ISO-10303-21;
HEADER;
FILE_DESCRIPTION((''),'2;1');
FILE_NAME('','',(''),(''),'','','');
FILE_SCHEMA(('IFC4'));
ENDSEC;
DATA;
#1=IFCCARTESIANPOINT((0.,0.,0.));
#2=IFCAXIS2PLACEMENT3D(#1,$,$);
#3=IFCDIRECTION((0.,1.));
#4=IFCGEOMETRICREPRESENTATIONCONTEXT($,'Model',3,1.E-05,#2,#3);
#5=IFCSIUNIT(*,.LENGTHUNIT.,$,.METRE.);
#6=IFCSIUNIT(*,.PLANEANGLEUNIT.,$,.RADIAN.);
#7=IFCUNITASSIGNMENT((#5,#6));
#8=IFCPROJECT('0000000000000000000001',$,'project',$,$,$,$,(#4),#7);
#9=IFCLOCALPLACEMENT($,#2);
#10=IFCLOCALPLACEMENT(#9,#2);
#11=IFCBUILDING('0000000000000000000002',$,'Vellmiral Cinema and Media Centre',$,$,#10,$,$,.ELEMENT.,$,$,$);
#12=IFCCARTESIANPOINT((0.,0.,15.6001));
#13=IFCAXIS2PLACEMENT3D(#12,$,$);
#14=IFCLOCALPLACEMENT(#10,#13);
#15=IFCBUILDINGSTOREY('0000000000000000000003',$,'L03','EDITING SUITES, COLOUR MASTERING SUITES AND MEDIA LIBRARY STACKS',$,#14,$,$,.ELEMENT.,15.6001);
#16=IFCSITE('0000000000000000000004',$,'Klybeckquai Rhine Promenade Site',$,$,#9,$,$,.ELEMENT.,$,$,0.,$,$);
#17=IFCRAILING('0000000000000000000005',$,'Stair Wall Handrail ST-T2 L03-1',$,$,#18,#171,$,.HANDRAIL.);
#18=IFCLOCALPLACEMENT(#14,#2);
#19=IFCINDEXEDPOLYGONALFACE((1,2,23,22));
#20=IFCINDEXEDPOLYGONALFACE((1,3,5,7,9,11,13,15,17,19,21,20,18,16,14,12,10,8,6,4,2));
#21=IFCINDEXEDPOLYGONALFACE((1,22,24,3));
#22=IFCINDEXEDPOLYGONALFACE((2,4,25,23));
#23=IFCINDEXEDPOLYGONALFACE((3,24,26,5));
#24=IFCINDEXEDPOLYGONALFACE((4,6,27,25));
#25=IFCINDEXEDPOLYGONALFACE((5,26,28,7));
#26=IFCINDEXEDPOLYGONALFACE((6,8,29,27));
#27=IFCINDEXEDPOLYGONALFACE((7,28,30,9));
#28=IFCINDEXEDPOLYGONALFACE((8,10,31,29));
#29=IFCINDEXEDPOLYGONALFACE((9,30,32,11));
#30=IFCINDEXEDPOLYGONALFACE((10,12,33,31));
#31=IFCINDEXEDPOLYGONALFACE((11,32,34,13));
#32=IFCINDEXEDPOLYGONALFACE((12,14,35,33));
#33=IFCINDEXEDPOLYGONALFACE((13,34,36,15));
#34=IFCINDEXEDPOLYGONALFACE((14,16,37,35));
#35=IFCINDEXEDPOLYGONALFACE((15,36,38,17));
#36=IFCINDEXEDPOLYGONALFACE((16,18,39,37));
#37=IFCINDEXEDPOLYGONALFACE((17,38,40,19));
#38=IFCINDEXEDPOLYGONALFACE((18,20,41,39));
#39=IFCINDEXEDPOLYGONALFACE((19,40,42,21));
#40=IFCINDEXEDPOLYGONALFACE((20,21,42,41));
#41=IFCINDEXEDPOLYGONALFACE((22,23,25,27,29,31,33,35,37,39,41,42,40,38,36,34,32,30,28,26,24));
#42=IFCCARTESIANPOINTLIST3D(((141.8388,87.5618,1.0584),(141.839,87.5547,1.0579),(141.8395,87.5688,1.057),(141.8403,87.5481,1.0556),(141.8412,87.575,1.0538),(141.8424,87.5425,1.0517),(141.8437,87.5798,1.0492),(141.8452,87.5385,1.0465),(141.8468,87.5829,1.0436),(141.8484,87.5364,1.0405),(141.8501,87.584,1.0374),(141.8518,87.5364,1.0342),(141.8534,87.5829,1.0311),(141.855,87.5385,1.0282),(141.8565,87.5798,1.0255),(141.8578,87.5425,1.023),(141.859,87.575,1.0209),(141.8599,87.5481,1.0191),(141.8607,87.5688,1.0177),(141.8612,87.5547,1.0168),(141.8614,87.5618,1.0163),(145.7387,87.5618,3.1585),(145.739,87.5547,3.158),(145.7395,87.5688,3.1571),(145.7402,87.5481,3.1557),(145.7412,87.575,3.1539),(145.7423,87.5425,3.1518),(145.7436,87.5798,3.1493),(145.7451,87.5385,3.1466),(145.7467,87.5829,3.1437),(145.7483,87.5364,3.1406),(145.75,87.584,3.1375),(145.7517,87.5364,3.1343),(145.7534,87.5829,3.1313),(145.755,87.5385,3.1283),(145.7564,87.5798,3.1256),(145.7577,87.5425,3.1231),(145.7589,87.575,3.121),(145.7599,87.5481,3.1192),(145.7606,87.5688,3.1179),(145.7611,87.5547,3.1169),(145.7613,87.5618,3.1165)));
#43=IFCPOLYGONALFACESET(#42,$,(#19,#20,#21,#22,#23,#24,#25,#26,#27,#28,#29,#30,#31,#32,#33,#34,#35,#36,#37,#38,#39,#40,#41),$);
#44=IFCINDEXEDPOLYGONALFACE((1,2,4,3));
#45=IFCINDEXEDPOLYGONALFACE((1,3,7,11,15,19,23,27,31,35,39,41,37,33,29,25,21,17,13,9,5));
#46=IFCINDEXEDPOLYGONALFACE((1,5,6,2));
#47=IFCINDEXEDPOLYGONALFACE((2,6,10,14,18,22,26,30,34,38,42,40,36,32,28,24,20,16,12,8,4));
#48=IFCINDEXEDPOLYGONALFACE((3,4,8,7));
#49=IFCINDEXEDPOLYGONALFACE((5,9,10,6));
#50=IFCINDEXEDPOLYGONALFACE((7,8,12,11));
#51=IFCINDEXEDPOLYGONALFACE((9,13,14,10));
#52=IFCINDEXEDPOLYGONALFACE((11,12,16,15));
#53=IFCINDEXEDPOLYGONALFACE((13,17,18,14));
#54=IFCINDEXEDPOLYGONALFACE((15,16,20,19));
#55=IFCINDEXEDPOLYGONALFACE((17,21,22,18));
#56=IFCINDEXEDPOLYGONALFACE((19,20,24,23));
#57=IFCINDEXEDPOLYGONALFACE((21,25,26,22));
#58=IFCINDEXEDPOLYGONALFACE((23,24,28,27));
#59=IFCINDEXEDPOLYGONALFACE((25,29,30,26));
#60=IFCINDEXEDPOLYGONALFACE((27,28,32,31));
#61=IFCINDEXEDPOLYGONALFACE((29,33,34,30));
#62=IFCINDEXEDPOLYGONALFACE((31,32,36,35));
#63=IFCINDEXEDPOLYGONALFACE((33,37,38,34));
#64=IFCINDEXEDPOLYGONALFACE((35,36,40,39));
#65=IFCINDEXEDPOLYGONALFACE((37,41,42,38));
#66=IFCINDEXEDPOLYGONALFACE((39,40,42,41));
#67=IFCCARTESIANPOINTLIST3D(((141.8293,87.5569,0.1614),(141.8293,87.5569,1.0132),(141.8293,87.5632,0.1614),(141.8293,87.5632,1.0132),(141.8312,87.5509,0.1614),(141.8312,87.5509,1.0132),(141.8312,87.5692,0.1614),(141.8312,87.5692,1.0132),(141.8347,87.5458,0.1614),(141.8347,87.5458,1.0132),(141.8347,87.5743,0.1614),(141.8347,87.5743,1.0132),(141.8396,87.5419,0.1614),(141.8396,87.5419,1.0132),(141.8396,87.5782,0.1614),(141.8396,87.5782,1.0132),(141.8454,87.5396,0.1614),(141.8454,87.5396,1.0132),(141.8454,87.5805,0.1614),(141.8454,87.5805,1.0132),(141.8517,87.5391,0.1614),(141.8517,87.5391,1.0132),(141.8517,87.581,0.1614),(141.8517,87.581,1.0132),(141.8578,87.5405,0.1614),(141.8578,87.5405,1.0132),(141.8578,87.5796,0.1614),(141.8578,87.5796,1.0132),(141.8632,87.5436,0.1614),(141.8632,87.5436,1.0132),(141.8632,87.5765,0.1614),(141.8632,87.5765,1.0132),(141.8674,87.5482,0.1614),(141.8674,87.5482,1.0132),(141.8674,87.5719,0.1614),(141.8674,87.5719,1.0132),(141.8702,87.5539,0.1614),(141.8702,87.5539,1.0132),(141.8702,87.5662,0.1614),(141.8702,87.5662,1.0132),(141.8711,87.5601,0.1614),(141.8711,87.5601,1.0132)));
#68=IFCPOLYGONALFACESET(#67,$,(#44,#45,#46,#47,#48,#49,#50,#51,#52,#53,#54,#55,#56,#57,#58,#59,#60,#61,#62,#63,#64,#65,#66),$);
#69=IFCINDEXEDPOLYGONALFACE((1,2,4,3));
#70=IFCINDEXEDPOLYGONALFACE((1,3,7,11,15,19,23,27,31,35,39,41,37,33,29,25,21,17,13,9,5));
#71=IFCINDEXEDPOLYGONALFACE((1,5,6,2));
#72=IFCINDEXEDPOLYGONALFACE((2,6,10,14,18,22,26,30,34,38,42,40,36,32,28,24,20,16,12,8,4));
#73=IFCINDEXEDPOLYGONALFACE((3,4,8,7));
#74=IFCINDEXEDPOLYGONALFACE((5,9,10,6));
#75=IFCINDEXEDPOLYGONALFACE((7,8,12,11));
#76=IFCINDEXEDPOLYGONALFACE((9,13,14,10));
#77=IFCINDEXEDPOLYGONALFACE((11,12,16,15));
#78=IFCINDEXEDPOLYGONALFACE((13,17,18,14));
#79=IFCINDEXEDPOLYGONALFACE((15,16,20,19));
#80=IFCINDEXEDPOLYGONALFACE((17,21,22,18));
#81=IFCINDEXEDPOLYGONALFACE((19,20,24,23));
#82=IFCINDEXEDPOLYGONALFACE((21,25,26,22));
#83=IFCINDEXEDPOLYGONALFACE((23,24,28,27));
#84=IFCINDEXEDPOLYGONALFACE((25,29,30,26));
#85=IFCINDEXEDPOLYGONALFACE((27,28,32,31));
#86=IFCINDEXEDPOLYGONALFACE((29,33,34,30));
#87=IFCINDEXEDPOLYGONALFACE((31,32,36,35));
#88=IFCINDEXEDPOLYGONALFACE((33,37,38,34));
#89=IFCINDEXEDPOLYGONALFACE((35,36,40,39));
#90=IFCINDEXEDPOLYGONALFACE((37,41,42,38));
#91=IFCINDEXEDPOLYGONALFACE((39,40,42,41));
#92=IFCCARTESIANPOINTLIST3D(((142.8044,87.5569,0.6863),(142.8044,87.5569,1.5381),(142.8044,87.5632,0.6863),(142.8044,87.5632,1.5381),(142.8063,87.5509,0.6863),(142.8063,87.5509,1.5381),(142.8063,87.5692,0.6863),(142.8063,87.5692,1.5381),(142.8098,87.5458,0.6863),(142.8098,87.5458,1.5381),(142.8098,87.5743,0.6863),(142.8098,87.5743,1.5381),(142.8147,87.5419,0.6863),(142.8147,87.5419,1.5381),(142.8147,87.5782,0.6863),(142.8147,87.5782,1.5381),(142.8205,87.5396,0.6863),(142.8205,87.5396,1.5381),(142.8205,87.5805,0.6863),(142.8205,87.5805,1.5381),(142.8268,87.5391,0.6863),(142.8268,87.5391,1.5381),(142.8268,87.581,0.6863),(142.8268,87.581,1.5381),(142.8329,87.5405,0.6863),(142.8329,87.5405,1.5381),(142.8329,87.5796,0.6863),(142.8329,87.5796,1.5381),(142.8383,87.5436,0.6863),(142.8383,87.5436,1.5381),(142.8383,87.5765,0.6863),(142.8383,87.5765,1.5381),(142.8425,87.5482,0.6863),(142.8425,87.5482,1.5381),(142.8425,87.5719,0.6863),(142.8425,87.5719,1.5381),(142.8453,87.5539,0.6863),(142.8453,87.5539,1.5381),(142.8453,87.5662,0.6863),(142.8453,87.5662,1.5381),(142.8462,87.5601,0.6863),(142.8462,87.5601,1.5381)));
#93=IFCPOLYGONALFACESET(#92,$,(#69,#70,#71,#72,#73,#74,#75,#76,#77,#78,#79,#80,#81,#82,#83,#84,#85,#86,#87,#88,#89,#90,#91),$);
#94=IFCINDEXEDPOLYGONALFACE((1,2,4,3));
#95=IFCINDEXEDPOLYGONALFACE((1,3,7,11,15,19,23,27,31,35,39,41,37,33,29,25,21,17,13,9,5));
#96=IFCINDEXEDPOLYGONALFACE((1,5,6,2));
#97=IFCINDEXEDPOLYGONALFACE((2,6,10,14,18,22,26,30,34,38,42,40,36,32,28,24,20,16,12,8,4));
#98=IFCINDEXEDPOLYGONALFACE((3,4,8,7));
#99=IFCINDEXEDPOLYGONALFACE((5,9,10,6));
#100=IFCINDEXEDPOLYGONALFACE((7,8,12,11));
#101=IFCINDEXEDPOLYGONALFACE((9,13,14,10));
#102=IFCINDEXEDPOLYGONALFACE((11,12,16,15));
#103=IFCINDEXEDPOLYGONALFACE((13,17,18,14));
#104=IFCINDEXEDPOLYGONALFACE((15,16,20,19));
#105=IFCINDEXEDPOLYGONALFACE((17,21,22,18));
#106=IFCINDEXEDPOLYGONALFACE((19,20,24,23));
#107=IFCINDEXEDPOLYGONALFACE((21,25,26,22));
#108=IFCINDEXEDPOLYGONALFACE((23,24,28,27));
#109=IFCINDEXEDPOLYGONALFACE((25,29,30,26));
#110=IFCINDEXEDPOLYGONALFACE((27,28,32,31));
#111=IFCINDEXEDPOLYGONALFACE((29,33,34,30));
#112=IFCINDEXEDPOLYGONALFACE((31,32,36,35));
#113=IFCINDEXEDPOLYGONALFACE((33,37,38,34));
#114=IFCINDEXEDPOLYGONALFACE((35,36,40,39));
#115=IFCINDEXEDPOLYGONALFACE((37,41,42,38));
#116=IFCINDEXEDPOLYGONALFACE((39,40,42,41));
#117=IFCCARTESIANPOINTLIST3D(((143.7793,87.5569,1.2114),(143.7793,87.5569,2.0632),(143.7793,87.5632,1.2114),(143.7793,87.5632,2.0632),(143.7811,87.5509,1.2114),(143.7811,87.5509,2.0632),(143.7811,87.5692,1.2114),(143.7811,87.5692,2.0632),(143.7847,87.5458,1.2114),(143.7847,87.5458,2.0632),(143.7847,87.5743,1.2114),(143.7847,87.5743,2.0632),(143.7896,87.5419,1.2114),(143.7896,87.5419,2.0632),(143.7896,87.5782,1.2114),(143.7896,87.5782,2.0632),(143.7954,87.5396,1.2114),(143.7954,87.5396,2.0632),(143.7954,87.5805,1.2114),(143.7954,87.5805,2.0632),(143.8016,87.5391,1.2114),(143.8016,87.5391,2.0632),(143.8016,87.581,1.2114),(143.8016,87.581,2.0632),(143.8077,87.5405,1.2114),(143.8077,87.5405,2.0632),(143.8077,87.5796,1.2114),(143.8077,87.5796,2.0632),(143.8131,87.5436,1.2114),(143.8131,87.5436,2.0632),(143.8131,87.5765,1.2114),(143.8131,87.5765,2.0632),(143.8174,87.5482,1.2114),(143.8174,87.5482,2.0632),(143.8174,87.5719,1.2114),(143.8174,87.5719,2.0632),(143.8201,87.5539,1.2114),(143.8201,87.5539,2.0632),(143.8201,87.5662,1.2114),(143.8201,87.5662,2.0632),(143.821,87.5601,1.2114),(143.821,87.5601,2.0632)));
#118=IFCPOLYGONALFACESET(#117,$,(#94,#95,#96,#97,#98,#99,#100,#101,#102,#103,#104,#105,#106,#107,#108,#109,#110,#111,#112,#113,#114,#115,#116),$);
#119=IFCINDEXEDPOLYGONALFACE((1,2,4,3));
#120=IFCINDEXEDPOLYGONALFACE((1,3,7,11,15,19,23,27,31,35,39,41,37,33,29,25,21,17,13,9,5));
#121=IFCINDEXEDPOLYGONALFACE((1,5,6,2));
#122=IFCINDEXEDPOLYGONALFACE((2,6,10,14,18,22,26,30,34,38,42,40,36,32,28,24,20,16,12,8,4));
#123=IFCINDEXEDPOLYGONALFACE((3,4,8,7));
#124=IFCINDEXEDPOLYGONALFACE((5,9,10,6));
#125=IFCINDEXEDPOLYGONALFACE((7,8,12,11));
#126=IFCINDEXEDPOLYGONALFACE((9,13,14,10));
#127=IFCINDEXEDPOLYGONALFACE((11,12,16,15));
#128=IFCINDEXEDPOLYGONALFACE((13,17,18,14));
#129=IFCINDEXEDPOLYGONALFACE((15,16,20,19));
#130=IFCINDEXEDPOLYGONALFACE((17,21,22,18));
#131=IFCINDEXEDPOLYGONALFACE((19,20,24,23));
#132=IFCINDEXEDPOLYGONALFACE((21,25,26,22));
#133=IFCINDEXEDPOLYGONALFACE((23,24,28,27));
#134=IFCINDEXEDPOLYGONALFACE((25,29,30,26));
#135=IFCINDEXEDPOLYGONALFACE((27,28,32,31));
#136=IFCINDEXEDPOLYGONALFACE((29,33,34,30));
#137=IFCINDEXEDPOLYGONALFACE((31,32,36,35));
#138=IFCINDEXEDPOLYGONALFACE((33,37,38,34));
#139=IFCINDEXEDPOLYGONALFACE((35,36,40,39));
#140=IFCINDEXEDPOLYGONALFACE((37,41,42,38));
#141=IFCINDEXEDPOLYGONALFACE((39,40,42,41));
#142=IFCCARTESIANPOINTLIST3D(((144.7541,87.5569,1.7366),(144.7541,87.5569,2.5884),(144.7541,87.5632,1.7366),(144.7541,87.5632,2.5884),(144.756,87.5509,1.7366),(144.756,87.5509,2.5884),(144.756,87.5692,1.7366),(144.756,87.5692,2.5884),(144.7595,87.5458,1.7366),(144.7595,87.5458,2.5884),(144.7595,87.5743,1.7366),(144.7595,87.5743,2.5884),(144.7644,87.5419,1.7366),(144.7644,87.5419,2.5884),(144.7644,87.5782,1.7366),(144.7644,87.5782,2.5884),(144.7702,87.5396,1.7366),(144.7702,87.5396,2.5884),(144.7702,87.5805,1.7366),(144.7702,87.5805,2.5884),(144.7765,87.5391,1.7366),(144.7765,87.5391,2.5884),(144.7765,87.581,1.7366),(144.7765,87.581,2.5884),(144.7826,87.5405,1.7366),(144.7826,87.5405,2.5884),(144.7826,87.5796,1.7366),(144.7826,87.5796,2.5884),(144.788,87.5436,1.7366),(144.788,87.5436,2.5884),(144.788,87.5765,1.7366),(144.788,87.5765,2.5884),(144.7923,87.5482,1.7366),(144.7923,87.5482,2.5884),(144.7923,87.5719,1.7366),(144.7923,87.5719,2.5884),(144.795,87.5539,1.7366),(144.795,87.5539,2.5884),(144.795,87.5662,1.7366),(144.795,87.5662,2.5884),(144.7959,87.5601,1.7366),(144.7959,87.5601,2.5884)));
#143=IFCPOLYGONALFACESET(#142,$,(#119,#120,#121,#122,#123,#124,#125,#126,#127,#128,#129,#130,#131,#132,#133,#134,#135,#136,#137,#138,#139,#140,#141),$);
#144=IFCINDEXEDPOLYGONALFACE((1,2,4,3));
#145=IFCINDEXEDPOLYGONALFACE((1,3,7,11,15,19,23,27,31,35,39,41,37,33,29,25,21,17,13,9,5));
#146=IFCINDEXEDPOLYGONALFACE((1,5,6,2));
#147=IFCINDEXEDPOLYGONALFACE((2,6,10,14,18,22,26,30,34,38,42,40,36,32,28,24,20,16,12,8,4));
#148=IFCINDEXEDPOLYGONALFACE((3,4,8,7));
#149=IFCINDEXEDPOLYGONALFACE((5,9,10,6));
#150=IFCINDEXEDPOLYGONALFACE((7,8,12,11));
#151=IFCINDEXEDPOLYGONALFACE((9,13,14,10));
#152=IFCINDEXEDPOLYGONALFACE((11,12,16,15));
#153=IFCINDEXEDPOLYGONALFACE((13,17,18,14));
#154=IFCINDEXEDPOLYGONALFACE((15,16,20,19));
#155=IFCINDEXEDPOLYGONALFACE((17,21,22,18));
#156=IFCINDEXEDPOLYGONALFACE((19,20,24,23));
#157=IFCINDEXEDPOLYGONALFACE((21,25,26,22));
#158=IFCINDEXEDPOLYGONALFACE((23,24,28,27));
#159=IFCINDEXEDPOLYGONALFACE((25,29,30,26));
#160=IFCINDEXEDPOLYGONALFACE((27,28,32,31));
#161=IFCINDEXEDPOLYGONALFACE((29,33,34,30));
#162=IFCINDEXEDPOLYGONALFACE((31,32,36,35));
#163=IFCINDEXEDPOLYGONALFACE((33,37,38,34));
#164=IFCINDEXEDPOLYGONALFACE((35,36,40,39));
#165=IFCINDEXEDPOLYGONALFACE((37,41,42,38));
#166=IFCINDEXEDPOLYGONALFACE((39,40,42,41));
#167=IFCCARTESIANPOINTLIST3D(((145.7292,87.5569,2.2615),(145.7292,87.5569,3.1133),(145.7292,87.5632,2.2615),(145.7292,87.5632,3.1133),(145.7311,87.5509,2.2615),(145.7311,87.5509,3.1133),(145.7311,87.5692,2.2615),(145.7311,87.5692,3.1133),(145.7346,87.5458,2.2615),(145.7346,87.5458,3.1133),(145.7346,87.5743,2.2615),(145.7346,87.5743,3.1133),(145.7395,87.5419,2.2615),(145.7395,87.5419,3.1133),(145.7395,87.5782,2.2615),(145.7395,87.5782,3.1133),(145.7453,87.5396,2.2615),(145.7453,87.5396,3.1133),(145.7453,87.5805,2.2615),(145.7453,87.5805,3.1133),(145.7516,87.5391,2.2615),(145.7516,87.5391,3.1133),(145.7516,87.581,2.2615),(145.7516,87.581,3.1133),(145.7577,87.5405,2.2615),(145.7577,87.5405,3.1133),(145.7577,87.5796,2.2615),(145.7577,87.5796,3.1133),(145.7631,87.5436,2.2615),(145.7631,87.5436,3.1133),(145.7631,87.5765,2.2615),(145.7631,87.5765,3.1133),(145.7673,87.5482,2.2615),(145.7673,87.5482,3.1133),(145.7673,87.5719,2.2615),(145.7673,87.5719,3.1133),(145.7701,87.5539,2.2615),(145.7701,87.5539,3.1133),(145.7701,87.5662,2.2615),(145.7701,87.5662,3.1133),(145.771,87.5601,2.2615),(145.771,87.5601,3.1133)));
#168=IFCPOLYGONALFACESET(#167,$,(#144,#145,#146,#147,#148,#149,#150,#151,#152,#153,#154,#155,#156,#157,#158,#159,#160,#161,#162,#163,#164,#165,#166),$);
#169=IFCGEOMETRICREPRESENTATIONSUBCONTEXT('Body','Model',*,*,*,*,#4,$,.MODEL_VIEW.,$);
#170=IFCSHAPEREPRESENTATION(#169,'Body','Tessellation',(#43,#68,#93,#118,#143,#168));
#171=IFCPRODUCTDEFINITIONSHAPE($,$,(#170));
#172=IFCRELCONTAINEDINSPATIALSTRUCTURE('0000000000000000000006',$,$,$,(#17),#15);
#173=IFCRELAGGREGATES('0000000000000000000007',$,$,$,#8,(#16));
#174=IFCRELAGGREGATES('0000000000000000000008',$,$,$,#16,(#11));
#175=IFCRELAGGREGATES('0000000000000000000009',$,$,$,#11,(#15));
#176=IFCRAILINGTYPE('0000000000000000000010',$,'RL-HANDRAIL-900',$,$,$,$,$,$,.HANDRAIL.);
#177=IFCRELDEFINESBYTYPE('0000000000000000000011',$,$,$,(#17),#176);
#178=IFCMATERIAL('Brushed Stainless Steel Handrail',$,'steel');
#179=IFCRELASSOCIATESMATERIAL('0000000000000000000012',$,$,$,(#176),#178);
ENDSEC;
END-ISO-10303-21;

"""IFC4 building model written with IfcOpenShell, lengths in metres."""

from ifc_helpers import new_model, si_unit, direction, frame, origin, origin_2d, place, context, subcontext, project, spatial, circle, extrude, material, type_object, element, save


model = new_model("IFC4")

# Units and contexts
model_context = context("Model", 3, precision=1e-05, world=origin(), true_north=direction((0.0, 1.0)))
body_context = subcontext(model_context, "Body", "Model", "MODEL_VIEW")
ifc_project = project(units=[si_unit("LENGTHUNIT", "METRE"), si_unit("PLANEANGLEUNIT", "RADIAN")], contexts=[model_context])

# Site, building, storey
site_placement = place(None, origin())
site = spatial("IfcSite", under=ifc_project, at=site_placement, Name="Klybeckquai Rhine Promenade Site", CompositionType="ELEMENT", RefElevation=0.0)
building_placement = place(site_placement, origin())
building = spatial("IfcBuilding", under=site, at=building_placement, Name="Vellmiral Cinema and Media Centre", CompositionType="ELEMENT")
storey_placement = place(building_placement, frame((0.0, 0.0, 15.6001)))
storey = spatial("IfcBuildingStorey", under=building, at=storey_placement, Name="L03", Description="EDITING SUITES, COLOUR MASTERING SUITES AND MEDIA LIBRARY STACKS", CompositionType="ELEMENT", Elevation=15.6001)

# Railing
ifc_material_1 = material(Name="Brushed Stainless Steel Handrail", Category="steel")
railing_type_1 = type_object("IfcRailingType", Name="RL-HANDRAIL-900", PredefinedType="HANDRAIL", material=ifc_material_1)
railing_1_placement = place(storey_placement, frame((141.8501, 87.5601, 0.1614)))
element("IfcRailing", 1, at=railing_1_placement, inside=storey, type_object=railing_type_1, Name="Stair Wall Handrail ST-T2 L03-1", PredefinedType="HANDRAIL", context=body_context, shape_type="SweptSolid", body=[
    extrude(circle(Radius=0.0239, at=origin_2d()), frame((0.0, 0.0, 0.876), z_axis=(0.880457, 0.0, 0.474126), x_axis=(0.0, 1.0, 0.0)), (0.0, 0.0, 1.0), 4.4294),
    extrude(circle(Radius=0.021, at=origin_2d()), origin(), (0.0, 0.0, 1.0), 0.8518),
    extrude(circle(Radius=0.021, at=origin_2d()), frame((0.9751, 0.0, 0.5249)), (0.0, 0.0, 1.0), 0.8518),
    extrude(circle(Radius=0.021, at=origin_2d()), frame((1.95, 0.0, 1.05)), (0.0, 0.0, 1.0), 0.8518),
    extrude(circle(Radius=0.021, at=origin_2d()), frame((2.9248, 0.0, 1.5752)), (0.0, 0.0, 1.0), 0.8518),
    extrude(circle(Radius=0.021, at=origin_2d()), frame((3.8999, 0.0, 2.1001)), (0.0, 0.0, 1.0), 0.8518),
])

save(model, "model.ifc")
